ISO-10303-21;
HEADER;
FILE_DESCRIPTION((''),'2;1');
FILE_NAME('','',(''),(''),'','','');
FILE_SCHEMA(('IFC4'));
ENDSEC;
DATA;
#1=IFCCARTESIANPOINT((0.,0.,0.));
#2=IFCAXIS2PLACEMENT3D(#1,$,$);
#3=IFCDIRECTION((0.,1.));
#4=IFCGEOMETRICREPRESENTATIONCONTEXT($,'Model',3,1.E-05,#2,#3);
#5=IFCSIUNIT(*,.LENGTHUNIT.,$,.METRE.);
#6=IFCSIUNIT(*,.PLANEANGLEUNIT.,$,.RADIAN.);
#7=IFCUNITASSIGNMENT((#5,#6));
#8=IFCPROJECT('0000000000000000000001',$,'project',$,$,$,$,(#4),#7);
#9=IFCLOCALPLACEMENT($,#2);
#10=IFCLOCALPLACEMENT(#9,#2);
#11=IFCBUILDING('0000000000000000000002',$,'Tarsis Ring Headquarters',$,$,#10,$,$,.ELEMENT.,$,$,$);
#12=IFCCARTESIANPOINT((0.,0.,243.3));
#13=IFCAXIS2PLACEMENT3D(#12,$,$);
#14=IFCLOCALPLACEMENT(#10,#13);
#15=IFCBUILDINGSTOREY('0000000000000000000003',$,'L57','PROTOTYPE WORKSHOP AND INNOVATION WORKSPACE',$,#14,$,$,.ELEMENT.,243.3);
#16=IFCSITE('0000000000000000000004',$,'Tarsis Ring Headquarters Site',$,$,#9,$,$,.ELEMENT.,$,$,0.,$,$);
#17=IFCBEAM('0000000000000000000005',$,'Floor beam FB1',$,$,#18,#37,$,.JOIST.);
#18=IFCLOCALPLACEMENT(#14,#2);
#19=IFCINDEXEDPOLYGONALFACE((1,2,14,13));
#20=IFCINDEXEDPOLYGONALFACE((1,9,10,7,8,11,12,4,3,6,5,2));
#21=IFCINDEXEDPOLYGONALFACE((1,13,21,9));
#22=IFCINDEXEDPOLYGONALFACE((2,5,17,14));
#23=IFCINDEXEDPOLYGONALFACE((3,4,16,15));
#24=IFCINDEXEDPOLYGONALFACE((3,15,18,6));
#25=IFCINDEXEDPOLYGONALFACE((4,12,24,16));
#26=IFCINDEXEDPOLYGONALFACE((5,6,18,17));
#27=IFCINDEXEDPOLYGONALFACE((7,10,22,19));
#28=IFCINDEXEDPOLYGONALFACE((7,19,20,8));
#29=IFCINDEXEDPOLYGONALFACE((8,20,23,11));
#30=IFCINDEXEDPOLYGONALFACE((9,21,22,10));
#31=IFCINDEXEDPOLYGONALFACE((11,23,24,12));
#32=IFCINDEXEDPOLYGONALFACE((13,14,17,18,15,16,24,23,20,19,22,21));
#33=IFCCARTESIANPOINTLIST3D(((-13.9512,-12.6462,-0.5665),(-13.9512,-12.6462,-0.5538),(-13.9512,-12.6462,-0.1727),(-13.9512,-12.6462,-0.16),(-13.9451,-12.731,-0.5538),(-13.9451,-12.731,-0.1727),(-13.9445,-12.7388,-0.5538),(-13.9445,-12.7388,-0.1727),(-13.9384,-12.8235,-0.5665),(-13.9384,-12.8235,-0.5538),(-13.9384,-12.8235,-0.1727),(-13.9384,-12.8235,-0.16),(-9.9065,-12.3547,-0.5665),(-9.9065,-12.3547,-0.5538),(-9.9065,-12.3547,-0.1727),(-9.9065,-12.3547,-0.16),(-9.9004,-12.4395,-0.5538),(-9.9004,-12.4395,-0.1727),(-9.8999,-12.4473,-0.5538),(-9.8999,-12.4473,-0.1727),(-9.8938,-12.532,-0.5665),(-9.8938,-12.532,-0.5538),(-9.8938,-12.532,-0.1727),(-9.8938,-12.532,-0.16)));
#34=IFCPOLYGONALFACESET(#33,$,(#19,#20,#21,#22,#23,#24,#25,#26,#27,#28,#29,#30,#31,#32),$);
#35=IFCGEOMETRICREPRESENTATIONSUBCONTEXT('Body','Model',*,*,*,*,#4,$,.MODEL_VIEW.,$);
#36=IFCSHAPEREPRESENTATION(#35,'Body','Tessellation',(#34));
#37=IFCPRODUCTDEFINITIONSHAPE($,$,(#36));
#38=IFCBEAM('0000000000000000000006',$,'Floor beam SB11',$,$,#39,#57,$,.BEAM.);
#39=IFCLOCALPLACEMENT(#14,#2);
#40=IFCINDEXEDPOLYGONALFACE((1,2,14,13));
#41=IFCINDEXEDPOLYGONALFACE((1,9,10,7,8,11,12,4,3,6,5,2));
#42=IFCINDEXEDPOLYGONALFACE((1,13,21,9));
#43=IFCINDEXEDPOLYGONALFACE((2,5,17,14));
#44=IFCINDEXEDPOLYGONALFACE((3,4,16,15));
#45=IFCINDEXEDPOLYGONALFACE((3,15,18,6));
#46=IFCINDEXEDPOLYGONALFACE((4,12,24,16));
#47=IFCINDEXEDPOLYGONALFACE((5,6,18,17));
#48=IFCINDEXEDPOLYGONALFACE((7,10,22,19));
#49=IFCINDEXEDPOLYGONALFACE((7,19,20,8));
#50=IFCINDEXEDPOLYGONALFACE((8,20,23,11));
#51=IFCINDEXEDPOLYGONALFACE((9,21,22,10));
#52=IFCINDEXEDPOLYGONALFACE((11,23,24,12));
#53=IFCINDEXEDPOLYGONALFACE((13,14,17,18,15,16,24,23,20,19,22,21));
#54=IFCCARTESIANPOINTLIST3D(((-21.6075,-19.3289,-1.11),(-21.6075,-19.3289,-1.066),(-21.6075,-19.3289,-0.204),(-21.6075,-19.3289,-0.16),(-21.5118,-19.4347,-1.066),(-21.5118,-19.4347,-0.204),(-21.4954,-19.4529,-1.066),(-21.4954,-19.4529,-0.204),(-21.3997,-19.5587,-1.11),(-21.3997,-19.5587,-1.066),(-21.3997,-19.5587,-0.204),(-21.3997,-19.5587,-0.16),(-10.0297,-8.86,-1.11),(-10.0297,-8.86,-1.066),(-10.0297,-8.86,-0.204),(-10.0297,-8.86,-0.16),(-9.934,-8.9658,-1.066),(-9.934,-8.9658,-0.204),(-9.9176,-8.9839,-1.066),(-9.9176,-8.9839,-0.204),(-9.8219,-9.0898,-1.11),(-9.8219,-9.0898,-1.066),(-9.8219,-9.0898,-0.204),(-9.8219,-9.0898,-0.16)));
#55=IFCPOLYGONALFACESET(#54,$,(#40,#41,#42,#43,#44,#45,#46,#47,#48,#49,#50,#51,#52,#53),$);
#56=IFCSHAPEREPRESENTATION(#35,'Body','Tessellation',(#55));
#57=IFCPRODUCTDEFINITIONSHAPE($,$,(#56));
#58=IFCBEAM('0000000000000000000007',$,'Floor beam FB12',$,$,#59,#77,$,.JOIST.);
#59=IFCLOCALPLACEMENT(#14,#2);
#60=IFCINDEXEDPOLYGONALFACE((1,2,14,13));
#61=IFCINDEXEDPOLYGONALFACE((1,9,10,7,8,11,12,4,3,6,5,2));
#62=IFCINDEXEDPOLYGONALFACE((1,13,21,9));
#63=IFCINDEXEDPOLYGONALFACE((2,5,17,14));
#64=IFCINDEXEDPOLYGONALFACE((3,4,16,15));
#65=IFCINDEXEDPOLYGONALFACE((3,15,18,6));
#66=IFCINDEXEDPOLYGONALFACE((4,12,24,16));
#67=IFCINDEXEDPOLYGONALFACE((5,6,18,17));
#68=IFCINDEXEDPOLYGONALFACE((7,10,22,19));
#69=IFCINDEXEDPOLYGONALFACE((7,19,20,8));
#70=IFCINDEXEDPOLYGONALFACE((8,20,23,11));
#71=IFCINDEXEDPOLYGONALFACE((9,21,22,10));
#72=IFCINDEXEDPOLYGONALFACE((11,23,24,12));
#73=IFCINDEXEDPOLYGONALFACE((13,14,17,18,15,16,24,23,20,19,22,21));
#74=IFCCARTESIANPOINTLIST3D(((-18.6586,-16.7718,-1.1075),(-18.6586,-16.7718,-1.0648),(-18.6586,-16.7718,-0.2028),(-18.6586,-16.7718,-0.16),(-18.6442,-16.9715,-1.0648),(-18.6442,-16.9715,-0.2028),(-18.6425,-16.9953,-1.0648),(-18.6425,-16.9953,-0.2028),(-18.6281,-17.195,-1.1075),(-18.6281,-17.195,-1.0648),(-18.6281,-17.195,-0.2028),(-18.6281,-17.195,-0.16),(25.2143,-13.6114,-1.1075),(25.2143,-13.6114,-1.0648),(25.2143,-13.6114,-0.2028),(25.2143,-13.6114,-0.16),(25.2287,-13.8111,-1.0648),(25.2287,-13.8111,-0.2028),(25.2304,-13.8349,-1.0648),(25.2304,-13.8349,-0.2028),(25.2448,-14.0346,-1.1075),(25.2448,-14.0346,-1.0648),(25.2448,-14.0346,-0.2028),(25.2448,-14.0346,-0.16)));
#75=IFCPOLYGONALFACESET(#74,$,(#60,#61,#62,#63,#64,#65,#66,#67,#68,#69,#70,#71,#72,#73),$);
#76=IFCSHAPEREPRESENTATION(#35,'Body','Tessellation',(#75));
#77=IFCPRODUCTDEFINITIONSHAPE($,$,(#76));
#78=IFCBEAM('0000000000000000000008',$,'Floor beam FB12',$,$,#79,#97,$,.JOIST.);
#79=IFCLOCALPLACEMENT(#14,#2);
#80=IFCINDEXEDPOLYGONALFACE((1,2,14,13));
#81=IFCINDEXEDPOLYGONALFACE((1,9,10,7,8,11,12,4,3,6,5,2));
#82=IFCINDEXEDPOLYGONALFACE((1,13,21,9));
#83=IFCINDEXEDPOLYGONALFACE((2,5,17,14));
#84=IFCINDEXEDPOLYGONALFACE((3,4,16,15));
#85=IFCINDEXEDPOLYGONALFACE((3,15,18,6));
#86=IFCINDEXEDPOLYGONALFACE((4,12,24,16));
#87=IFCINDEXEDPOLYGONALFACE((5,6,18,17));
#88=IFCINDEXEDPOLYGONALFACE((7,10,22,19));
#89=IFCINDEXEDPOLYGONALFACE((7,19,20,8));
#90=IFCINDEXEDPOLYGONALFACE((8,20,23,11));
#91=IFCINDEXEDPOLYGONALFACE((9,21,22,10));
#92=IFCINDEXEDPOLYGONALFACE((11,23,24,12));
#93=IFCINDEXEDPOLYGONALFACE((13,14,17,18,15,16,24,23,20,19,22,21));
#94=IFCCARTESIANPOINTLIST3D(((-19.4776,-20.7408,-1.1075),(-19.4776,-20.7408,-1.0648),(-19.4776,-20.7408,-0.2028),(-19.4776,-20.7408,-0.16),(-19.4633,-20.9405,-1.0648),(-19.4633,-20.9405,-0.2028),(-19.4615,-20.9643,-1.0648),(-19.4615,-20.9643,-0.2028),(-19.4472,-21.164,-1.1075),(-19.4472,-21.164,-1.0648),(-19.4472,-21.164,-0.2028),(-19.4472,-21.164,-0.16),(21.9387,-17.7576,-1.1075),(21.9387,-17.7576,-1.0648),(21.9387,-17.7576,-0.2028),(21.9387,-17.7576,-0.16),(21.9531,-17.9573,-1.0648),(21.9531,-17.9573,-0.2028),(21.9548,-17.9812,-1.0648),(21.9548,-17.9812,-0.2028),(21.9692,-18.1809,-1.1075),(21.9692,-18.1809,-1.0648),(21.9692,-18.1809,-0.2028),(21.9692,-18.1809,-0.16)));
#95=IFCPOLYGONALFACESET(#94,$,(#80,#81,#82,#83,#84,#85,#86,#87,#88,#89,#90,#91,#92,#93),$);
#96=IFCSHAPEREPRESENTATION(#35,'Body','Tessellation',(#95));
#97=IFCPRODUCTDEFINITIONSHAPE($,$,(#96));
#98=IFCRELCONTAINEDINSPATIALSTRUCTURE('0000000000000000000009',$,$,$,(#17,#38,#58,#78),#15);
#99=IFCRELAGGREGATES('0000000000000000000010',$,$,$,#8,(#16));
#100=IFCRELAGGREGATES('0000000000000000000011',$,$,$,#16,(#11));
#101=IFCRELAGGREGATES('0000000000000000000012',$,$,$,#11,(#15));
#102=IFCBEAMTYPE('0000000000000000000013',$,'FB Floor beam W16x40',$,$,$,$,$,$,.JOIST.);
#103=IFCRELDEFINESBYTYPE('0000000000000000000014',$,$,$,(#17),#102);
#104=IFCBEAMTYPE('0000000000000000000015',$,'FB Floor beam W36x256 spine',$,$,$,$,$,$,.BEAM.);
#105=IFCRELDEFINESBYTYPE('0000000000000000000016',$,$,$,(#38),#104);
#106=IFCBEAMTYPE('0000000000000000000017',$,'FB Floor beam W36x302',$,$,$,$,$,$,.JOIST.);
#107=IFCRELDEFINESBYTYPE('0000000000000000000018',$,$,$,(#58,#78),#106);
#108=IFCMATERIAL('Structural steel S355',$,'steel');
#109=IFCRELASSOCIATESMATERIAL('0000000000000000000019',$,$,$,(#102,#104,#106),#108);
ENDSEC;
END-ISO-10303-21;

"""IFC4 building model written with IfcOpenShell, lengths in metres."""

from ifc_helpers import new_model, si_unit, direction, frame, origin, origin_2d, place, context, subcontext, project, spatial, i_section, extrude, material, material_profile, profile_set, type_object, element, save


model = new_model("IFC4")

# Units and contexts
model_context = context("Model", 3, precision=1e-05, world=origin(), true_north=direction((0.0, 1.0)))
body_context = subcontext(model_context, "Body", "Model", "MODEL_VIEW")
ifc_project = project(units=[si_unit("LENGTHUNIT", "METRE"), si_unit("PLANEANGLEUNIT", "RADIAN")], contexts=[model_context])

# Site, building, storey
site_placement = place(None, origin())
site = spatial("IfcSite", under=ifc_project, at=site_placement, Name="Tarsis Ring Headquarters Site", CompositionType="ELEMENT", RefElevation=0.0)
building_placement = place(site_placement, origin())
building = spatial("IfcBuilding", under=site, at=building_placement, Name="Tarsis Ring Headquarters", CompositionType="ELEMENT")
storey_placement = place(building_placement, frame((0.0, 0.0, 243.3)))
storey = spatial("IfcBuildingStorey", under=building, at=storey_placement, Name="L57", Description="PROTOTYPE WORKSHOP AND INNOVATION WORKSPACE", CompositionType="ELEMENT", Elevation=243.3)

# Beams
ifc_material_1 = material(Name="Structural steel S355", Category="steel")
ifc_material_profile_1 = material_profile(ifc_material_1, i_section(OverallWidth=0.1777, OverallDepth=0.4065, WebThickness=0.0078, FlangeThickness=0.0127, at=origin_2d()), Name="W16x40")
ifc_profile_set_1 = profile_set([ifc_material_profile_1], Name="Structural steel S355")
beam_type_1 = type_object("IfcBeamType", Name="FB Floor beam W16x40", PredefinedType="JOIST", material=ifc_profile_set_1)
beam_1_placement = place(storey_placement, frame((-13.9448, -12.7349, -0.3633), z_axis=(0.997413, 0.071885, 0.0), x_axis=(-0.071885, 0.997413, 0.0)))
element("IfcBeam", 1, at=beam_1_placement, inside=storey, type_object=beam_type_1, Name="Floor beam FB1", PredefinedType="JOIST", context=body_context, shape_type="SweptSolid", body=[
    extrude(i_section(OverallWidth=0.1777, OverallDepth=0.4065, WebThickness=0.0078, FlangeThickness=0.0127, at=origin_2d()), origin(), (0.0, 0.0, 1.0), 4.0552),
])
ifc_material_profile_2 = material_profile(ifc_material_1, i_section(OverallWidth=0.3098, OverallDepth=0.95, WebThickness=0.0244, FlangeThickness=0.0439, at=origin_2d()), Name="W36x256")
ifc_profile_set_2 = profile_set([ifc_material_profile_2], Name="Structural steel S355")
beam_type_2 = type_object("IfcBeamType", Name="FB Floor beam W36x256 spine", PredefinedType="BEAM", material=ifc_profile_set_2)
beam_2_placement = place(storey_placement, frame((-9.9258, -8.9749, -0.635), z_axis=(-0.741734, -0.670694, 0.0), x_axis=(0.670694, -0.741734, 0.0)))
element("IfcBeam", 2, at=beam_2_placement, inside=storey, type_object=beam_type_2, Name="Floor beam SB11", PredefinedType="BEAM", context=body_context, shape_type="SweptSolid", body=[
    extrude(i_section(OverallWidth=0.3098, OverallDepth=0.95, WebThickness=0.0244, FlangeThickness=0.0439, at=origin_2d()), origin(), (0.0, 0.0, 1.0), 15.6091),
])
ifc_material_profile_3 = material_profile(ifc_material_1, i_section(OverallWidth=0.4243, OverallDepth=0.9475, WebThickness=0.0239, FlangeThickness=0.0427, at=origin_2d()), Name="W36x302")
ifc_profile_set_3 = profile_set([ifc_material_profile_3], Name="Structural steel S355")
beam_type_3 = type_object("IfcBeamType", Name="FB Floor beam W36x302", PredefinedType="JOIST", material=ifc_profile_set_3)
beam_3_placement = place(storey_placement, frame((-18.6433, -16.9834, -0.6338), z_axis=(0.997415, 0.071849, 0.0), x_axis=(-0.071849, 0.997415, 0.0)))
element("IfcBeam", 3, at=beam_3_placement, inside=storey, type_object=beam_type_3, Name="Floor beam FB12", PredefinedType="JOIST", context=body_context, shape_type="SweptSolid", body=[
    extrude(i_section(OverallWidth=0.4243, OverallDepth=0.9475, WebThickness=0.0239, FlangeThickness=0.0427, at=origin_2d()), origin(), (0.0, 0.0, 1.0), 43.9866),
])
beam_4_placement = place(storey_placement, frame((-19.4624, -20.9524, -0.6338), z_axis=(0.997416, 0.071842, 0.0), x_axis=(-0.071842, 0.997416, 0.0)))
element("IfcBeam", 4, at=beam_4_placement, inside=storey, type_object=beam_type_3, Name="Floor beam FB12", PredefinedType="JOIST", context=body_context, shape_type="SweptSolid", body=[
    extrude(i_section(OverallWidth=0.4243, OverallDepth=0.9475, WebThickness=0.0239, FlangeThickness=0.0427, at=origin_2d()), origin(), (0.0, 0.0, 1.0), 41.5237),
])

save(model, "model.ifc")
